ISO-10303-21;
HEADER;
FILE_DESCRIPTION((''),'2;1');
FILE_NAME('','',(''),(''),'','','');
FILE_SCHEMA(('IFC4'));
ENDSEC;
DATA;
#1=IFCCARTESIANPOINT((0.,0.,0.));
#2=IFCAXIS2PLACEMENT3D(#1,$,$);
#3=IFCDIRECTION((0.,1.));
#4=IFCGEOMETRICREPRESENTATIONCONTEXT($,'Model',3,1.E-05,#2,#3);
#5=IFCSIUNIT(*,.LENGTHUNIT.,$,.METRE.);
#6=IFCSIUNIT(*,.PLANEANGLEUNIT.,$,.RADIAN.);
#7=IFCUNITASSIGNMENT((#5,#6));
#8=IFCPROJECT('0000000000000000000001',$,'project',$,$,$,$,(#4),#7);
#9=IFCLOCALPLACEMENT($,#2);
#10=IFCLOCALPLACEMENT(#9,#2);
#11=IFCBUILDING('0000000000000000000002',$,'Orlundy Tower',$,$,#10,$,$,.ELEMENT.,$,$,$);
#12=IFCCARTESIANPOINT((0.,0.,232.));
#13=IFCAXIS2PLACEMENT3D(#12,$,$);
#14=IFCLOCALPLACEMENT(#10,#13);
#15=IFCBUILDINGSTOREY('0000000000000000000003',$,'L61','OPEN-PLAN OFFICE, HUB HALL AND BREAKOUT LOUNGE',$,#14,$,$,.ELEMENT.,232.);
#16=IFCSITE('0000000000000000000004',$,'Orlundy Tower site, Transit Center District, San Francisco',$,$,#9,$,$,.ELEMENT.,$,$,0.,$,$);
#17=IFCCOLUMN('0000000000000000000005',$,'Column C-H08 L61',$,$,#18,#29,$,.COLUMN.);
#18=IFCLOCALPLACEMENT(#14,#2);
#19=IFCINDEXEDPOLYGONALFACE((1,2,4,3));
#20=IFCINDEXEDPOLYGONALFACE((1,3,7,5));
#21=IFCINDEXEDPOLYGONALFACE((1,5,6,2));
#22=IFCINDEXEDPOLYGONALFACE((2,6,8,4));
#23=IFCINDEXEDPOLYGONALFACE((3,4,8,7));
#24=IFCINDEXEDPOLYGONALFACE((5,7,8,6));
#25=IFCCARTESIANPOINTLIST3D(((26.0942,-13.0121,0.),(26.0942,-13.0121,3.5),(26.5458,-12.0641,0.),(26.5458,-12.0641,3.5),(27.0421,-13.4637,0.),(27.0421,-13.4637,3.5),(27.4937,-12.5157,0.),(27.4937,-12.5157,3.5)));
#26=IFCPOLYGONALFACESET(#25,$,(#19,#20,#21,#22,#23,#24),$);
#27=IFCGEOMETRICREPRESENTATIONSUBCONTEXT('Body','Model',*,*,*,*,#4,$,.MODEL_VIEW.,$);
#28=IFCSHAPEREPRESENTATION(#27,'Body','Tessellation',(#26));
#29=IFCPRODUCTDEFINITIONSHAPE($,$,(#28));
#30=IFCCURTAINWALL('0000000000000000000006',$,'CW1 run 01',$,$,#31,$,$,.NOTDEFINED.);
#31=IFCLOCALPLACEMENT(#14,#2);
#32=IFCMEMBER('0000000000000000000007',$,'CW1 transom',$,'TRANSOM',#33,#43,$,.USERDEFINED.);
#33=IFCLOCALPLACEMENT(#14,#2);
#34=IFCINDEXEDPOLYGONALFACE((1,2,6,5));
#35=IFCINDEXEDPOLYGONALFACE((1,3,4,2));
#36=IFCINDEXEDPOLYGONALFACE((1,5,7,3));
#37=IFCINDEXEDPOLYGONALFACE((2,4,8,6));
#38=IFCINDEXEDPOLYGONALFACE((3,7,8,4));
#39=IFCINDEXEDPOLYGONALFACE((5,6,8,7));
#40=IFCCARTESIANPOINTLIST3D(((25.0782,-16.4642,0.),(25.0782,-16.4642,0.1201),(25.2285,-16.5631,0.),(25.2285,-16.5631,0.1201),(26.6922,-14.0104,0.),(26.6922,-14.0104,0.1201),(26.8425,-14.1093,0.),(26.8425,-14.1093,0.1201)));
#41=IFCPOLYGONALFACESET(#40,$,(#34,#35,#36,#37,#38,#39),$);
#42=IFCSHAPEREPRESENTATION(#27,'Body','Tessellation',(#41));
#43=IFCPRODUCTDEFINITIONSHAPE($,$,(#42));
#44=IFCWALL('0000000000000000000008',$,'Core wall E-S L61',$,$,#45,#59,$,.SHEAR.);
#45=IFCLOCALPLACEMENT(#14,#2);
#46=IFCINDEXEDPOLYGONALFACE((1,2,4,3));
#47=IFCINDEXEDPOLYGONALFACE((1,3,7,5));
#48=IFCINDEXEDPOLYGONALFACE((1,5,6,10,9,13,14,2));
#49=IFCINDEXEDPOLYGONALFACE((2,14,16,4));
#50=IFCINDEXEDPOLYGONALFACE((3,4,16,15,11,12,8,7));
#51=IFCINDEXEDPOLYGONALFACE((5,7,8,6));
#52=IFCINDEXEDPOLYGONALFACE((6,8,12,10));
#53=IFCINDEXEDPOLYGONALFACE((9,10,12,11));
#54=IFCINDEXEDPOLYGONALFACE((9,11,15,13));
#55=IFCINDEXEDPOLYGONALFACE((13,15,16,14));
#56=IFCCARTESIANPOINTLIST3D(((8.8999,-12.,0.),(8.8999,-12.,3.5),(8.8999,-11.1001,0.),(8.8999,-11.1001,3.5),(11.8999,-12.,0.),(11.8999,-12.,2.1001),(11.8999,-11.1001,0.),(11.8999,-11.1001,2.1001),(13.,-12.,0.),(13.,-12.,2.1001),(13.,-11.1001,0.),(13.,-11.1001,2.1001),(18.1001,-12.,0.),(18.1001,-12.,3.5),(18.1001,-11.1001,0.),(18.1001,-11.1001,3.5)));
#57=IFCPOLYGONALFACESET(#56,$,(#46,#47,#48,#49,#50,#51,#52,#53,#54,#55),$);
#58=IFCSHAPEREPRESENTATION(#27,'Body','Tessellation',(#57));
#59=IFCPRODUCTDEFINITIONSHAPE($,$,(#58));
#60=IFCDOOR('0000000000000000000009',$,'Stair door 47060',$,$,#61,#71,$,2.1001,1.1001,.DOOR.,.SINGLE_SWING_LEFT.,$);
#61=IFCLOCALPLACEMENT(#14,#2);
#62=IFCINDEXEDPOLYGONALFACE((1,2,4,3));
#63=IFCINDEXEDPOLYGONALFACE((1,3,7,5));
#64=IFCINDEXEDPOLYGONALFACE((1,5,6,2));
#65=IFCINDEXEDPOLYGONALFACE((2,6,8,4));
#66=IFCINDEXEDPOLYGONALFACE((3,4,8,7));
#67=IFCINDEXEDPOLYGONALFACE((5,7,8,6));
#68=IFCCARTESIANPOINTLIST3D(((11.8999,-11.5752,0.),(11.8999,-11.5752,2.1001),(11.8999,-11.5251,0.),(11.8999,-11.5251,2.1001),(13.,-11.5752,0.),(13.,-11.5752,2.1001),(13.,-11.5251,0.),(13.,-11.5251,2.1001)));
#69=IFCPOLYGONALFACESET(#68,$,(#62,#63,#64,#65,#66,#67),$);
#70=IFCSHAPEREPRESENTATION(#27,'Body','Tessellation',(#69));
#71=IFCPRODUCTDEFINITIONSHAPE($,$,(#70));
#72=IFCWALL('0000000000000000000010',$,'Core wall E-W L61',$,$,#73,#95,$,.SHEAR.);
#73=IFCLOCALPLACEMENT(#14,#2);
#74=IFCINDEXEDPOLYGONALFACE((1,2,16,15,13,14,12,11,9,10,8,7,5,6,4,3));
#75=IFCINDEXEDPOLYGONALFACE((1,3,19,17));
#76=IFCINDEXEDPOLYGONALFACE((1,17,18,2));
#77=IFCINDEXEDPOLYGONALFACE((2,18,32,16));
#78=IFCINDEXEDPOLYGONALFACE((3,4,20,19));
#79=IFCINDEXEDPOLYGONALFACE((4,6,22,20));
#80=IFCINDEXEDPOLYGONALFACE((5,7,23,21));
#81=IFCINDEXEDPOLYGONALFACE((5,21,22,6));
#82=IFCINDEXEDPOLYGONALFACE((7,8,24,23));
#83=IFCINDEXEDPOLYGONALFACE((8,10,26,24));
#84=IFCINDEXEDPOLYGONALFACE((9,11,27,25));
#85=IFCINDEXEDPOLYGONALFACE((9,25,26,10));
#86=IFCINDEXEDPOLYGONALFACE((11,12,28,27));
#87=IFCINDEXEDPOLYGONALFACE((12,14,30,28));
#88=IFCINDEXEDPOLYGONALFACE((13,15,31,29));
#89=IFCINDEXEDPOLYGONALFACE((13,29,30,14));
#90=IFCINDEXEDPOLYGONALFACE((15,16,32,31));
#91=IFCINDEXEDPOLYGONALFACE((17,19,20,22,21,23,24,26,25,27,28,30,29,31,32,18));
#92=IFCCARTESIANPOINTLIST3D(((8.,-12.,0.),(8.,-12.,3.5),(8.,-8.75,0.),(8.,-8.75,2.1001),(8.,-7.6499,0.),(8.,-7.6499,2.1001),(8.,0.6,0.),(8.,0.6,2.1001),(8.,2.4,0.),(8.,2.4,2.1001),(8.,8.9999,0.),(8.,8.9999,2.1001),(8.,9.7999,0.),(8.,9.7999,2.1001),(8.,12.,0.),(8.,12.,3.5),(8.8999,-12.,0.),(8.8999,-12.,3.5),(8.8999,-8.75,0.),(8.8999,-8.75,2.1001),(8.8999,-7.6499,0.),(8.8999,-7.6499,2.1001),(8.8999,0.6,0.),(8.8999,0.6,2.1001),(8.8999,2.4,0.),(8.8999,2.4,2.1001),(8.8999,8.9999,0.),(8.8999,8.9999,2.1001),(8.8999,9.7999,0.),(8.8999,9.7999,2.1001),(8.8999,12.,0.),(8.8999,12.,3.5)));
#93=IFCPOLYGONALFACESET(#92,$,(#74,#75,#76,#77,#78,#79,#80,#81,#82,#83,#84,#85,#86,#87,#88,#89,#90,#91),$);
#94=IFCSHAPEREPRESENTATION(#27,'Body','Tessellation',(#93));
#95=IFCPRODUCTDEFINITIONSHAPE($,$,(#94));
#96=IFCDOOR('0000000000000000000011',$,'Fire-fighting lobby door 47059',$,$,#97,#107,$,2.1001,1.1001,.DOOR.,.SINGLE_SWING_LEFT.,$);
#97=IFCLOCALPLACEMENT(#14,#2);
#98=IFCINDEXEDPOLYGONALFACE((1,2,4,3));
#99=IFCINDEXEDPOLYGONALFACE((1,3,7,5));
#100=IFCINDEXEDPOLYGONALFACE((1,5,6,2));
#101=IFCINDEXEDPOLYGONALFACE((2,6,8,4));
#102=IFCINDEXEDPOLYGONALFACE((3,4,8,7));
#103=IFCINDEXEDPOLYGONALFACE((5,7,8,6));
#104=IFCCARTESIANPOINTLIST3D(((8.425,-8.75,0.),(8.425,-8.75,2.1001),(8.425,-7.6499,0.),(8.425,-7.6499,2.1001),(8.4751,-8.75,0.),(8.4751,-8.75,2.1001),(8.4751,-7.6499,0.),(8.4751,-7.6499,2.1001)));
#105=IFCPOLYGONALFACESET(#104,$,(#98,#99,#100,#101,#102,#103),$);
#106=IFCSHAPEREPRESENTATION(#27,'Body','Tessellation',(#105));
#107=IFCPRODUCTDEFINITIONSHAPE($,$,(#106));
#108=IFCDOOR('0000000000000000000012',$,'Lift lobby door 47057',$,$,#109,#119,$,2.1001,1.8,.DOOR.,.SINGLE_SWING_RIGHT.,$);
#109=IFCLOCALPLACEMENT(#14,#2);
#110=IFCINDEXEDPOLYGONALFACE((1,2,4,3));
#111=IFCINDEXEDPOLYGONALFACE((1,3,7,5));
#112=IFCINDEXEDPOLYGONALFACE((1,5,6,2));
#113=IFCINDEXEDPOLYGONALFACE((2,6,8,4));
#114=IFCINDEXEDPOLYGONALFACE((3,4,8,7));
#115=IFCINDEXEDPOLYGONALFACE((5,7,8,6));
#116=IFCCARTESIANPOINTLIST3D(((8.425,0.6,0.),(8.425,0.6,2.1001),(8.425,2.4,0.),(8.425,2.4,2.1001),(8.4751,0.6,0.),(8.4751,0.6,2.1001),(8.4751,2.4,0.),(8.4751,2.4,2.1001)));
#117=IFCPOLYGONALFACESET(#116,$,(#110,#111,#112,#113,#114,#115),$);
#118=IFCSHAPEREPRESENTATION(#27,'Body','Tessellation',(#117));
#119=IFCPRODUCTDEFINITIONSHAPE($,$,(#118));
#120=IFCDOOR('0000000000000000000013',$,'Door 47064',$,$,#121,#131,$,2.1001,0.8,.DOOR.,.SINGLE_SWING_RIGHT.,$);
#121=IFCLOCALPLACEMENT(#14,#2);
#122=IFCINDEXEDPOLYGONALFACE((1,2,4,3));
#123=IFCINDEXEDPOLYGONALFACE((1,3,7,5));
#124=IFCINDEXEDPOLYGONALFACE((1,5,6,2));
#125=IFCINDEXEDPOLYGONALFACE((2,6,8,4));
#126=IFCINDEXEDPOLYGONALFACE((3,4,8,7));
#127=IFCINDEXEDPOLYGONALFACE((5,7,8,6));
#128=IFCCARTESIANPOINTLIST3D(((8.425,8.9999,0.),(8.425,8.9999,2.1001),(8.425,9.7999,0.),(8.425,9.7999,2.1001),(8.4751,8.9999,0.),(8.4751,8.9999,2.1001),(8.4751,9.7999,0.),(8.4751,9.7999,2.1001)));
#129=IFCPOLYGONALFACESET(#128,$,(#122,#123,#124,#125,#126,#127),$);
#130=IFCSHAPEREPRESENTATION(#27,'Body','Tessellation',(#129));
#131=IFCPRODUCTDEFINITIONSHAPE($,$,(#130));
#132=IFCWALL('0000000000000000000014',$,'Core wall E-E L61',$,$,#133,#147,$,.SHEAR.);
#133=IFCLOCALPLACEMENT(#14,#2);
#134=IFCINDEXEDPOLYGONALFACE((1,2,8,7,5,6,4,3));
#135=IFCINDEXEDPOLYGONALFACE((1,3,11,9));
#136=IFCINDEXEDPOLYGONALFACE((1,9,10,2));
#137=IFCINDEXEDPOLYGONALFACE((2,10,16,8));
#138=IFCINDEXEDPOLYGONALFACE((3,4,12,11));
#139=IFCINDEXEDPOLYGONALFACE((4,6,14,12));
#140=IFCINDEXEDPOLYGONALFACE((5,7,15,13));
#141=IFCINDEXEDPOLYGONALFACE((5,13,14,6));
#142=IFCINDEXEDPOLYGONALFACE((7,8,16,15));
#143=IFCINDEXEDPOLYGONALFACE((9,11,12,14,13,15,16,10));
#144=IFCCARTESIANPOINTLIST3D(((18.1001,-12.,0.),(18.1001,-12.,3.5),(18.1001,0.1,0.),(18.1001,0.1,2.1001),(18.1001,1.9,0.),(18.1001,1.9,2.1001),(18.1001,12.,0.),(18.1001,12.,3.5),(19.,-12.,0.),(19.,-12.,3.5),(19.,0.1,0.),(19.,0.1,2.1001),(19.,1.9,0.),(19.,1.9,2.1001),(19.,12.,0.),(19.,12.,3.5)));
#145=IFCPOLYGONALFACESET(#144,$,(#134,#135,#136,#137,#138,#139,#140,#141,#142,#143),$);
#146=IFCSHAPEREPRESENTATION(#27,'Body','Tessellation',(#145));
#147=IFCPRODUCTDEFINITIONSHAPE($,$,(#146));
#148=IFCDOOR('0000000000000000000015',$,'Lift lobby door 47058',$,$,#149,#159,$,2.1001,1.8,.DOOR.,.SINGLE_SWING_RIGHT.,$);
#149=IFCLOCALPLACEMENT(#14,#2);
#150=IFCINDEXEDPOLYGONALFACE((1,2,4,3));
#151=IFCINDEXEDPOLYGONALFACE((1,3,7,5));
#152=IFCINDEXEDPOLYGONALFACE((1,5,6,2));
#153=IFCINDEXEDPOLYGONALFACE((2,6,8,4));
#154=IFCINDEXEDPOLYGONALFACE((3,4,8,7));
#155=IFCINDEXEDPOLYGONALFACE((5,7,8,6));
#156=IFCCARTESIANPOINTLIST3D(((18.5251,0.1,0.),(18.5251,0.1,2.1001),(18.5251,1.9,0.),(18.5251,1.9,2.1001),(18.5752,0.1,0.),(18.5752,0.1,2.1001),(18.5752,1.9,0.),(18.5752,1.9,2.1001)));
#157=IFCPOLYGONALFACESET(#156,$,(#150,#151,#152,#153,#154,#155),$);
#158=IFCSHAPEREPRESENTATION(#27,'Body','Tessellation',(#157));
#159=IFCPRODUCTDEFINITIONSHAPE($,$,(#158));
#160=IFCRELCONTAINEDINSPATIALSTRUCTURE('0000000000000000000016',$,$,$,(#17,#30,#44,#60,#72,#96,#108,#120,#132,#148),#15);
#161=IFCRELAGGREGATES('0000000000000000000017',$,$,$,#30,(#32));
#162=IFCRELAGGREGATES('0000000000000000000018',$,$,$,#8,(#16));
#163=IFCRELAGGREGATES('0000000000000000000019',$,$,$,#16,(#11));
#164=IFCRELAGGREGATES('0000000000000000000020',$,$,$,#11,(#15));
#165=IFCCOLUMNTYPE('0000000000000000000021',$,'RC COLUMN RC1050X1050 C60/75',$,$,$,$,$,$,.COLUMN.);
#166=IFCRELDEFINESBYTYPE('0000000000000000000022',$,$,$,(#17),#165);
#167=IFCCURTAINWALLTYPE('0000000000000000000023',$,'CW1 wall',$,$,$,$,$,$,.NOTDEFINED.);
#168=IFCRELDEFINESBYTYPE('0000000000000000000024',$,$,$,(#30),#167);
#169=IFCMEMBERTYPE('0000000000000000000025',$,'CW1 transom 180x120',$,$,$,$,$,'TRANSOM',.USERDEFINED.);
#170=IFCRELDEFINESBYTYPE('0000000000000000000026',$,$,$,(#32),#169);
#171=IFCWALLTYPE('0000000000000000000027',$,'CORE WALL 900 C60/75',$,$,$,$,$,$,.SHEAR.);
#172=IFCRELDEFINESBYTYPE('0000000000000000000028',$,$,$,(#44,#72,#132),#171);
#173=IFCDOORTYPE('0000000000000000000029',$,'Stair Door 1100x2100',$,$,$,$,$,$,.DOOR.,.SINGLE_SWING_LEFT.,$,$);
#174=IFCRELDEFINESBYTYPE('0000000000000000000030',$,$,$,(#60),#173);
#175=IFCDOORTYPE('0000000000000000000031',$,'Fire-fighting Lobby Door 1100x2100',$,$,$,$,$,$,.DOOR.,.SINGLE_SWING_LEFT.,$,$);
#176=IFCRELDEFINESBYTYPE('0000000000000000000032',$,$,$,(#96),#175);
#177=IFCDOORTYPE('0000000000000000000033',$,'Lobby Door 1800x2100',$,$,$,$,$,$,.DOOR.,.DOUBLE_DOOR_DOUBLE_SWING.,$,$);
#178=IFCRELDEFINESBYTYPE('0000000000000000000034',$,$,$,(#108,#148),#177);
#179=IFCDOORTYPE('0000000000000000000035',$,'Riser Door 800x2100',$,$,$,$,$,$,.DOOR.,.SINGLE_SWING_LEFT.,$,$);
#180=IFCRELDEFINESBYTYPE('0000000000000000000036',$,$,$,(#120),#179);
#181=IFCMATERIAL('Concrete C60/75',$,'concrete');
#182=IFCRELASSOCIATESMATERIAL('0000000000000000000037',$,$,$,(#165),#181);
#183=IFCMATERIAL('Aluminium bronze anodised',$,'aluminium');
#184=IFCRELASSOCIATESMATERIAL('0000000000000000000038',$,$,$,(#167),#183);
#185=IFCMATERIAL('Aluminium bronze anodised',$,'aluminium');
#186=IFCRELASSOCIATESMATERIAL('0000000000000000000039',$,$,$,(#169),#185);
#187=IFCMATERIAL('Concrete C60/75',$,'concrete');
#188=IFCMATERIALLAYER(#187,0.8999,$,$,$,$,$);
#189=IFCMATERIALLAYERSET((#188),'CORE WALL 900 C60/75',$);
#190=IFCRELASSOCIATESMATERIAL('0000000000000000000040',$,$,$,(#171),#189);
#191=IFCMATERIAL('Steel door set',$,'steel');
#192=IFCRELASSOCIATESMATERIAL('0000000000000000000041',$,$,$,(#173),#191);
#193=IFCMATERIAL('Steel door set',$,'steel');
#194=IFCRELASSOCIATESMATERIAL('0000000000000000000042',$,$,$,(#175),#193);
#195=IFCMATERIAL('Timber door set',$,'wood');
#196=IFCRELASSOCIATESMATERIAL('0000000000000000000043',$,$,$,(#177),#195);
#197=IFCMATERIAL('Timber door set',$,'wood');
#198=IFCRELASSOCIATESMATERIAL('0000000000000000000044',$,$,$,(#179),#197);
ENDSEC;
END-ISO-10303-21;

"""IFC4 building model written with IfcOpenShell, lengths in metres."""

from ifc_helpers import new_model, si_unit, direction, frame, frame_2d, origin, origin_2d, place, context, subcontext, project, spatial, rectangle, extrude, material, layer, layer_set, material_profile, profile_set, type_object, element, fill, aggregate, save


model = new_model("IFC4")

# Units and contexts
model_context = context("Model", 3, precision=1e-05, world=origin(), true_north=direction((0.0, 1.0)))
body_context = subcontext(model_context, "Body", "Model", "MODEL_VIEW")
ifc_project = project(units=[si_unit("LENGTHUNIT", "METRE"), si_unit("PLANEANGLEUNIT", "RADIAN")], contexts=[model_context])

# Site, building, storey
site_placement = place(None, origin())
site = spatial("IfcSite", under=ifc_project, at=site_placement, Name="Orlundy Tower site, Transit Center District, San Francisco", CompositionType="ELEMENT", RefElevation=0.0)
building_placement = place(site_placement, origin())
building = spatial("IfcBuilding", under=site, at=building_placement, Name="Orlundy Tower", CompositionType="ELEMENT")
storey_placement = place(building_placement, frame((0.0, 0.0, 232.0)))
storey = spatial("IfcBuildingStorey", under=building, at=storey_placement, Name="L61", Description="OPEN-PLAN OFFICE, HUB HALL AND BREAKOUT LOUNGE", CompositionType="ELEMENT", Elevation=232.0)

# Column
ifc_material_1 = material(Name="Concrete C60/75", Category="concrete")
ifc_material_profile_1 = material_profile(ifc_material_1, rectangle(XDim=1.05, YDim=1.05, at=origin_2d()), Name="RC1050X1050")
ifc_profile_set_1 = profile_set([ifc_material_profile_1], Name="Concrete C60/75")
column_type = type_object("IfcColumnType", Name="RC COLUMN RC1050X1050 C60/75", PredefinedType="COLUMN", material=ifc_profile_set_1)
column_placement = place(storey_placement, frame((26.7939, -12.7639, 0.0), z_axis=(0.0, 0.0, 1.0), x_axis=(0.902796, -0.43007, 0.0)))
element("IfcColumn", 1, at=column_placement, inside=storey, type_object=column_type, Name="Column C-H08 L61", PredefinedType="COLUMN", context=body_context, shape_type="SweptSolid", body=[
    extrude(rectangle(XDim=1.05, YDim=1.05, at=origin_2d()), origin(), (0.0, 0.0, 1.0), 3.5),
])

# Curtain wall, member
ifc_material_2 = material(Name="Aluminium bronze anodised", Category="aluminium")
curtain_wall_type = type_object("IfcCurtainWallType", Name="CW1 wall", PredefinedType="NOTDEFINED", material=ifc_material_2)
curtain_wall_placement = place(storey_placement, origin())
curtain_wall = element("IfcCurtainWall", 2, at=curtain_wall_placement, inside=storey, type_object=curtain_wall_type, Name="CW1 run 01", PredefinedType="NOTDEFINED")
ifc_material_3 = material(Name="Aluminium bronze anodised", Category="aluminium")
ifc_material_profile_2 = material_profile(ifc_material_3, rectangle(XDim=0.1799, YDim=0.1201, at=origin_2d()), Name="CW1 transom 180x120")
ifc_profile_set_2 = profile_set([ifc_material_profile_2], Name="Aluminium bronze anodised")
member_type = type_object("IfcMemberType", Name="CW1 transom 180x120", ElementType="TRANSOM", PredefinedType="USERDEFINED", material=ifc_profile_set_2)
member_placement = place(storey_placement, frame((26.7673, -14.0598, 0.0601), z_axis=(-0.549529, -0.835474, 0.0), x_axis=(0.835474, -0.549529, 0.0)))
member = element("IfcMember", 3, at=member_placement, type_object=member_type, Name="CW1 transom", ObjectType="TRANSOM", PredefinedType="USERDEFINED", context=body_context, shape_type="SweptSolid", body=[
    extrude(rectangle(XDim=0.1799, YDim=0.1201, at=origin_2d()), origin(), (0.0, 0.0, 1.0), 2.937),
])
aggregate(curtain_wall, [member])

# Wall, opening, door
ifc_material_4 = material(Name="Concrete C60/75", Category="concrete")
ifc_layer_1 = layer(ifc_material_4, 0.8999)
ifc_layer_set_1 = layer_set([ifc_layer_1], Name="CORE WALL 900 C60/75")
wall_type_1 = type_object("IfcWallType", Name="CORE WALL 900 C60/75", PredefinedType="SHEAR", material=ifc_layer_set_1)
wall_1_placement = place(storey_placement, frame((8.8999, -11.55, 0.0), z_axis=(0.0, 0.0, 1.0), x_axis=(1.0, 0.0, 0.0)))
wall_1 = element("IfcWall", 4, at=wall_1_placement, inside=storey, type_object=wall_type_1, Name="Core wall E-S L61", PredefinedType="SHEAR", context=body_context, shape_type="SweptSolid", body=[
    extrude(rectangle(XDim=9.2002, YDim=0.8999, at=frame_2d((4.6001, 0.0))), origin(), (0.0, 0.0, 1.0), 3.5),
])
opening_1_placement = place(wall_1_placement, frame((3.0, 0.0, 0.0)))
opening_1 = element("IfcOpeningElement", 5, at=opening_1_placement, cuts=wall_1, PredefinedType="OPENING", context=body_context, shape_type="SweptSolid", body=[
    extrude(rectangle(XDim=1.1001, YDim=2.1001, at=frame_2d((0.55, 1.05))), frame((0.0, 0.46, 0.0), z_axis=(0.0, -1.0, 0.0), x_axis=(1.0, 0.0, 0.0)), (0.0, 0.0, 1.0), 0.9199),
])
ifc_material_5 = material(Name="Steel door set", Category="steel")
door_type_1 = type_object("IfcDoorType", Name="Stair Door 1100x2100", OperationType="SINGLE_SWING_LEFT", PredefinedType="DOOR", material=ifc_material_5)
door_1_placement = place(opening_1_placement, origin())
door_1 = element("IfcDoor", 6, at=door_1_placement, inside=storey, type_object=door_type_1, Name="Stair door 47060", OperationType="SINGLE_SWING_LEFT", OverallHeight=2.1001, OverallWidth=1.1001, PredefinedType="DOOR", context=body_context, shape_type="SweptSolid", body=[
    extrude(rectangle(XDim=1.1001, YDim=2.1001, at=frame_2d((0.55, 1.05))), frame((0.0, 0.0249, 0.0), z_axis=(0.0, -1.0, 0.0), x_axis=(1.0, 0.0, 0.0)), (0.0, 0.0, 1.0), 0.05),
])
fill(opening_1, door_1)

# Wall, openings, doors
wall_2_placement = place(storey_placement, frame((8.45, -12.0, 0.0), z_axis=(0.0, 0.0, 1.0), x_axis=(0.0, 1.0, 0.0)))
wall_2 = element("IfcWall", 7, at=wall_2_placement, inside=storey, type_object=wall_type_1, Name="Core wall E-W L61", PredefinedType="SHEAR", context=body_context, shape_type="SweptSolid", body=[
    extrude(rectangle(XDim=24.0, YDim=0.8999, at=frame_2d((12.0, 0.0))), origin(), (0.0, 0.0, 1.0), 3.5),
])
opening_2_placement = place(wall_2_placement, frame((12.6001, 0.0, 0.0)))
opening_2 = element("IfcOpeningElement", 8, at=opening_2_placement, cuts=wall_2, PredefinedType="OPENING", context=body_context, shape_type="SweptSolid", body=[
    extrude(rectangle(XDim=1.8, YDim=2.1001, at=frame_2d((0.8999, 1.05))), frame((0.0, 0.46, 0.0), z_axis=(0.0, -1.0, 0.0), x_axis=(1.0, 0.0, 0.0)), (0.0, 0.0, 1.0), 0.9199),
])
opening_3_placement = place(wall_2_placement, frame((3.25, 0.0, 0.0)))
opening_3 = element("IfcOpeningElement", 9, at=opening_3_placement, cuts=wall_2, PredefinedType="OPENING", context=body_context, shape_type="SweptSolid", body=[
    extrude(rectangle(XDim=1.1001, YDim=2.1001, at=frame_2d((0.55, 1.05))), frame((0.0, 0.46, 0.0), z_axis=(0.0, -1.0, 0.0), x_axis=(1.0, 0.0, 0.0)), (0.0, 0.0, 1.0), 0.9199),
])
opening_4_placement = place(wall_2_placement, frame((21.0, 0.0, 0.0)))
opening_4 = element("IfcOpeningElement", 10, at=opening_4_placement, cuts=wall_2, PredefinedType="OPENING", context=body_context, shape_type="SweptSolid", body=[
    extrude(rectangle(XDim=0.8, YDim=2.1001, at=frame_2d((0.3999, 1.05))), frame((0.0, 0.46, 0.0), z_axis=(0.0, -1.0, 0.0), x_axis=(1.0, 0.0, 0.0)), (0.0, 0.0, 1.0), 0.9199),
])
ifc_material_6 = material(Name="Steel door set", Category="steel")
door_type_2 = type_object("IfcDoorType", Name="Fire-fighting Lobby Door 1100x2100", OperationType="SINGLE_SWING_LEFT", PredefinedType="DOOR", material=ifc_material_6)
door_2_placement = place(opening_3_placement, origin())
door_2 = element("IfcDoor", 11, at=door_2_placement, inside=storey, type_object=door_type_2, Name="Fire-fighting lobby door 47059", OperationType="SINGLE_SWING_LEFT", OverallHeight=2.1001, OverallWidth=1.1001, PredefinedType="DOOR", context=body_context, shape_type="SweptSolid", body=[
    extrude(rectangle(XDim=1.1001, YDim=2.1001, at=frame_2d((0.55, 1.05))), frame((0.0, 0.0249, 0.0), z_axis=(0.0, -1.0, 0.0), x_axis=(1.0, 0.0, 0.0)), (0.0, 0.0, 1.0), 0.05),
])
fill(opening_3, door_2)
ifc_material_7 = material(Name="Timber door set", Category="wood")
door_type_3 = type_object("IfcDoorType", Name="Lobby Door 1800x2100", OperationType="DOUBLE_DOOR_DOUBLE_SWING", PredefinedType="DOOR", material=ifc_material_7)
door_3_placement = place(opening_2_placement, origin())
door_3 = element("IfcDoor", 12, at=door_3_placement, inside=storey, type_object=door_type_3, Name="Lift lobby door 47057", OperationType="SINGLE_SWING_RIGHT", OverallHeight=2.1001, OverallWidth=1.8, PredefinedType="DOOR", context=body_context, shape_type="SweptSolid", body=[
    extrude(rectangle(XDim=1.8, YDim=2.1001, at=frame_2d((0.8999, 1.05))), frame((0.0, 0.0249, 0.0), z_axis=(0.0, -1.0, 0.0), x_axis=(1.0, 0.0, 0.0)), (0.0, 0.0, 1.0), 0.05),
])
fill(opening_2, door_3)
ifc_material_8 = material(Name="Timber door set", Category="wood")
door_type_4 = type_object("IfcDoorType", Name="Riser Door 800x2100", OperationType="SINGLE_SWING_LEFT", PredefinedType="DOOR", material=ifc_material_8)
door_4_placement = place(opening_4_placement, origin())
door_4 = element("IfcDoor", 13, at=door_4_placement, inside=storey, type_object=door_type_4, Name="Door 47064", OperationType="SINGLE_SWING_RIGHT", OverallHeight=2.1001, OverallWidth=0.8, PredefinedType="DOOR", context=body_context, shape_type="SweptSolid", body=[
    extrude(rectangle(XDim=0.8, YDim=2.1001, at=frame_2d((0.3999, 1.05))), frame((0.0, 0.0249, 0.0), z_axis=(0.0, -1.0, 0.0), x_axis=(1.0, 0.0, 0.0)), (0.0, 0.0, 1.0), 0.05),
])
fill(opening_4, door_4)

# Wall, opening, door
wall_3_placement = place(storey_placement, frame((18.55, -12.0, 0.0), z_axis=(0.0, 0.0, 1.0), x_axis=(0.0, 1.0, 0.0)))
wall_3 = element("IfcWall", 14, at=wall_3_placement, inside=storey, type_object=wall_type_1, Name="Core wall E-E L61", PredefinedType="SHEAR", context=body_context, shape_type="SweptSolid", body=[
    extrude(rectangle(XDim=24.0, YDim=0.8999, at=frame_2d((12.0, 0.0))), origin(), (0.0, 0.0, 1.0), 3.5),
])
opening_5_placement = place(wall_3_placement, frame((12.1001, 0.0, 0.0)))
opening_5 = element("IfcOpeningElement", 15, at=opening_5_placement, cuts=wall_3, PredefinedType="OPENING", context=body_context, shape_type="SweptSolid", body=[
    extrude(rectangle(XDim=1.8, YDim=2.1001, at=frame_2d((0.8999, 1.05))), frame((0.0, 0.46, 0.0), z_axis=(0.0, -1.0, 0.0), x_axis=(1.0, 0.0, 0.0)), (0.0, 0.0, 1.0), 0.9199),
])
door_5_placement = place(opening_5_placement, origin())
door_5 = element("IfcDoor", 16, at=door_5_placement, inside=storey, type_object=door_type_3, Name="Lift lobby door 47058", OperationType="SINGLE_SWING_RIGHT", OverallHeight=2.1001, OverallWidth=1.8, PredefinedType="DOOR", context=body_context, shape_type="SweptSolid", body=[
    extrude(rectangle(XDim=1.8, YDim=2.1001, at=frame_2d((0.8999, 1.05))), frame((0.0, 0.0249, 0.0), z_axis=(0.0, -1.0, 0.0), x_axis=(1.0, 0.0, 0.0)), (0.0, 0.0, 1.0), 0.05),
])
fill(opening_5, door_5)

save(model, "model.ifc")
